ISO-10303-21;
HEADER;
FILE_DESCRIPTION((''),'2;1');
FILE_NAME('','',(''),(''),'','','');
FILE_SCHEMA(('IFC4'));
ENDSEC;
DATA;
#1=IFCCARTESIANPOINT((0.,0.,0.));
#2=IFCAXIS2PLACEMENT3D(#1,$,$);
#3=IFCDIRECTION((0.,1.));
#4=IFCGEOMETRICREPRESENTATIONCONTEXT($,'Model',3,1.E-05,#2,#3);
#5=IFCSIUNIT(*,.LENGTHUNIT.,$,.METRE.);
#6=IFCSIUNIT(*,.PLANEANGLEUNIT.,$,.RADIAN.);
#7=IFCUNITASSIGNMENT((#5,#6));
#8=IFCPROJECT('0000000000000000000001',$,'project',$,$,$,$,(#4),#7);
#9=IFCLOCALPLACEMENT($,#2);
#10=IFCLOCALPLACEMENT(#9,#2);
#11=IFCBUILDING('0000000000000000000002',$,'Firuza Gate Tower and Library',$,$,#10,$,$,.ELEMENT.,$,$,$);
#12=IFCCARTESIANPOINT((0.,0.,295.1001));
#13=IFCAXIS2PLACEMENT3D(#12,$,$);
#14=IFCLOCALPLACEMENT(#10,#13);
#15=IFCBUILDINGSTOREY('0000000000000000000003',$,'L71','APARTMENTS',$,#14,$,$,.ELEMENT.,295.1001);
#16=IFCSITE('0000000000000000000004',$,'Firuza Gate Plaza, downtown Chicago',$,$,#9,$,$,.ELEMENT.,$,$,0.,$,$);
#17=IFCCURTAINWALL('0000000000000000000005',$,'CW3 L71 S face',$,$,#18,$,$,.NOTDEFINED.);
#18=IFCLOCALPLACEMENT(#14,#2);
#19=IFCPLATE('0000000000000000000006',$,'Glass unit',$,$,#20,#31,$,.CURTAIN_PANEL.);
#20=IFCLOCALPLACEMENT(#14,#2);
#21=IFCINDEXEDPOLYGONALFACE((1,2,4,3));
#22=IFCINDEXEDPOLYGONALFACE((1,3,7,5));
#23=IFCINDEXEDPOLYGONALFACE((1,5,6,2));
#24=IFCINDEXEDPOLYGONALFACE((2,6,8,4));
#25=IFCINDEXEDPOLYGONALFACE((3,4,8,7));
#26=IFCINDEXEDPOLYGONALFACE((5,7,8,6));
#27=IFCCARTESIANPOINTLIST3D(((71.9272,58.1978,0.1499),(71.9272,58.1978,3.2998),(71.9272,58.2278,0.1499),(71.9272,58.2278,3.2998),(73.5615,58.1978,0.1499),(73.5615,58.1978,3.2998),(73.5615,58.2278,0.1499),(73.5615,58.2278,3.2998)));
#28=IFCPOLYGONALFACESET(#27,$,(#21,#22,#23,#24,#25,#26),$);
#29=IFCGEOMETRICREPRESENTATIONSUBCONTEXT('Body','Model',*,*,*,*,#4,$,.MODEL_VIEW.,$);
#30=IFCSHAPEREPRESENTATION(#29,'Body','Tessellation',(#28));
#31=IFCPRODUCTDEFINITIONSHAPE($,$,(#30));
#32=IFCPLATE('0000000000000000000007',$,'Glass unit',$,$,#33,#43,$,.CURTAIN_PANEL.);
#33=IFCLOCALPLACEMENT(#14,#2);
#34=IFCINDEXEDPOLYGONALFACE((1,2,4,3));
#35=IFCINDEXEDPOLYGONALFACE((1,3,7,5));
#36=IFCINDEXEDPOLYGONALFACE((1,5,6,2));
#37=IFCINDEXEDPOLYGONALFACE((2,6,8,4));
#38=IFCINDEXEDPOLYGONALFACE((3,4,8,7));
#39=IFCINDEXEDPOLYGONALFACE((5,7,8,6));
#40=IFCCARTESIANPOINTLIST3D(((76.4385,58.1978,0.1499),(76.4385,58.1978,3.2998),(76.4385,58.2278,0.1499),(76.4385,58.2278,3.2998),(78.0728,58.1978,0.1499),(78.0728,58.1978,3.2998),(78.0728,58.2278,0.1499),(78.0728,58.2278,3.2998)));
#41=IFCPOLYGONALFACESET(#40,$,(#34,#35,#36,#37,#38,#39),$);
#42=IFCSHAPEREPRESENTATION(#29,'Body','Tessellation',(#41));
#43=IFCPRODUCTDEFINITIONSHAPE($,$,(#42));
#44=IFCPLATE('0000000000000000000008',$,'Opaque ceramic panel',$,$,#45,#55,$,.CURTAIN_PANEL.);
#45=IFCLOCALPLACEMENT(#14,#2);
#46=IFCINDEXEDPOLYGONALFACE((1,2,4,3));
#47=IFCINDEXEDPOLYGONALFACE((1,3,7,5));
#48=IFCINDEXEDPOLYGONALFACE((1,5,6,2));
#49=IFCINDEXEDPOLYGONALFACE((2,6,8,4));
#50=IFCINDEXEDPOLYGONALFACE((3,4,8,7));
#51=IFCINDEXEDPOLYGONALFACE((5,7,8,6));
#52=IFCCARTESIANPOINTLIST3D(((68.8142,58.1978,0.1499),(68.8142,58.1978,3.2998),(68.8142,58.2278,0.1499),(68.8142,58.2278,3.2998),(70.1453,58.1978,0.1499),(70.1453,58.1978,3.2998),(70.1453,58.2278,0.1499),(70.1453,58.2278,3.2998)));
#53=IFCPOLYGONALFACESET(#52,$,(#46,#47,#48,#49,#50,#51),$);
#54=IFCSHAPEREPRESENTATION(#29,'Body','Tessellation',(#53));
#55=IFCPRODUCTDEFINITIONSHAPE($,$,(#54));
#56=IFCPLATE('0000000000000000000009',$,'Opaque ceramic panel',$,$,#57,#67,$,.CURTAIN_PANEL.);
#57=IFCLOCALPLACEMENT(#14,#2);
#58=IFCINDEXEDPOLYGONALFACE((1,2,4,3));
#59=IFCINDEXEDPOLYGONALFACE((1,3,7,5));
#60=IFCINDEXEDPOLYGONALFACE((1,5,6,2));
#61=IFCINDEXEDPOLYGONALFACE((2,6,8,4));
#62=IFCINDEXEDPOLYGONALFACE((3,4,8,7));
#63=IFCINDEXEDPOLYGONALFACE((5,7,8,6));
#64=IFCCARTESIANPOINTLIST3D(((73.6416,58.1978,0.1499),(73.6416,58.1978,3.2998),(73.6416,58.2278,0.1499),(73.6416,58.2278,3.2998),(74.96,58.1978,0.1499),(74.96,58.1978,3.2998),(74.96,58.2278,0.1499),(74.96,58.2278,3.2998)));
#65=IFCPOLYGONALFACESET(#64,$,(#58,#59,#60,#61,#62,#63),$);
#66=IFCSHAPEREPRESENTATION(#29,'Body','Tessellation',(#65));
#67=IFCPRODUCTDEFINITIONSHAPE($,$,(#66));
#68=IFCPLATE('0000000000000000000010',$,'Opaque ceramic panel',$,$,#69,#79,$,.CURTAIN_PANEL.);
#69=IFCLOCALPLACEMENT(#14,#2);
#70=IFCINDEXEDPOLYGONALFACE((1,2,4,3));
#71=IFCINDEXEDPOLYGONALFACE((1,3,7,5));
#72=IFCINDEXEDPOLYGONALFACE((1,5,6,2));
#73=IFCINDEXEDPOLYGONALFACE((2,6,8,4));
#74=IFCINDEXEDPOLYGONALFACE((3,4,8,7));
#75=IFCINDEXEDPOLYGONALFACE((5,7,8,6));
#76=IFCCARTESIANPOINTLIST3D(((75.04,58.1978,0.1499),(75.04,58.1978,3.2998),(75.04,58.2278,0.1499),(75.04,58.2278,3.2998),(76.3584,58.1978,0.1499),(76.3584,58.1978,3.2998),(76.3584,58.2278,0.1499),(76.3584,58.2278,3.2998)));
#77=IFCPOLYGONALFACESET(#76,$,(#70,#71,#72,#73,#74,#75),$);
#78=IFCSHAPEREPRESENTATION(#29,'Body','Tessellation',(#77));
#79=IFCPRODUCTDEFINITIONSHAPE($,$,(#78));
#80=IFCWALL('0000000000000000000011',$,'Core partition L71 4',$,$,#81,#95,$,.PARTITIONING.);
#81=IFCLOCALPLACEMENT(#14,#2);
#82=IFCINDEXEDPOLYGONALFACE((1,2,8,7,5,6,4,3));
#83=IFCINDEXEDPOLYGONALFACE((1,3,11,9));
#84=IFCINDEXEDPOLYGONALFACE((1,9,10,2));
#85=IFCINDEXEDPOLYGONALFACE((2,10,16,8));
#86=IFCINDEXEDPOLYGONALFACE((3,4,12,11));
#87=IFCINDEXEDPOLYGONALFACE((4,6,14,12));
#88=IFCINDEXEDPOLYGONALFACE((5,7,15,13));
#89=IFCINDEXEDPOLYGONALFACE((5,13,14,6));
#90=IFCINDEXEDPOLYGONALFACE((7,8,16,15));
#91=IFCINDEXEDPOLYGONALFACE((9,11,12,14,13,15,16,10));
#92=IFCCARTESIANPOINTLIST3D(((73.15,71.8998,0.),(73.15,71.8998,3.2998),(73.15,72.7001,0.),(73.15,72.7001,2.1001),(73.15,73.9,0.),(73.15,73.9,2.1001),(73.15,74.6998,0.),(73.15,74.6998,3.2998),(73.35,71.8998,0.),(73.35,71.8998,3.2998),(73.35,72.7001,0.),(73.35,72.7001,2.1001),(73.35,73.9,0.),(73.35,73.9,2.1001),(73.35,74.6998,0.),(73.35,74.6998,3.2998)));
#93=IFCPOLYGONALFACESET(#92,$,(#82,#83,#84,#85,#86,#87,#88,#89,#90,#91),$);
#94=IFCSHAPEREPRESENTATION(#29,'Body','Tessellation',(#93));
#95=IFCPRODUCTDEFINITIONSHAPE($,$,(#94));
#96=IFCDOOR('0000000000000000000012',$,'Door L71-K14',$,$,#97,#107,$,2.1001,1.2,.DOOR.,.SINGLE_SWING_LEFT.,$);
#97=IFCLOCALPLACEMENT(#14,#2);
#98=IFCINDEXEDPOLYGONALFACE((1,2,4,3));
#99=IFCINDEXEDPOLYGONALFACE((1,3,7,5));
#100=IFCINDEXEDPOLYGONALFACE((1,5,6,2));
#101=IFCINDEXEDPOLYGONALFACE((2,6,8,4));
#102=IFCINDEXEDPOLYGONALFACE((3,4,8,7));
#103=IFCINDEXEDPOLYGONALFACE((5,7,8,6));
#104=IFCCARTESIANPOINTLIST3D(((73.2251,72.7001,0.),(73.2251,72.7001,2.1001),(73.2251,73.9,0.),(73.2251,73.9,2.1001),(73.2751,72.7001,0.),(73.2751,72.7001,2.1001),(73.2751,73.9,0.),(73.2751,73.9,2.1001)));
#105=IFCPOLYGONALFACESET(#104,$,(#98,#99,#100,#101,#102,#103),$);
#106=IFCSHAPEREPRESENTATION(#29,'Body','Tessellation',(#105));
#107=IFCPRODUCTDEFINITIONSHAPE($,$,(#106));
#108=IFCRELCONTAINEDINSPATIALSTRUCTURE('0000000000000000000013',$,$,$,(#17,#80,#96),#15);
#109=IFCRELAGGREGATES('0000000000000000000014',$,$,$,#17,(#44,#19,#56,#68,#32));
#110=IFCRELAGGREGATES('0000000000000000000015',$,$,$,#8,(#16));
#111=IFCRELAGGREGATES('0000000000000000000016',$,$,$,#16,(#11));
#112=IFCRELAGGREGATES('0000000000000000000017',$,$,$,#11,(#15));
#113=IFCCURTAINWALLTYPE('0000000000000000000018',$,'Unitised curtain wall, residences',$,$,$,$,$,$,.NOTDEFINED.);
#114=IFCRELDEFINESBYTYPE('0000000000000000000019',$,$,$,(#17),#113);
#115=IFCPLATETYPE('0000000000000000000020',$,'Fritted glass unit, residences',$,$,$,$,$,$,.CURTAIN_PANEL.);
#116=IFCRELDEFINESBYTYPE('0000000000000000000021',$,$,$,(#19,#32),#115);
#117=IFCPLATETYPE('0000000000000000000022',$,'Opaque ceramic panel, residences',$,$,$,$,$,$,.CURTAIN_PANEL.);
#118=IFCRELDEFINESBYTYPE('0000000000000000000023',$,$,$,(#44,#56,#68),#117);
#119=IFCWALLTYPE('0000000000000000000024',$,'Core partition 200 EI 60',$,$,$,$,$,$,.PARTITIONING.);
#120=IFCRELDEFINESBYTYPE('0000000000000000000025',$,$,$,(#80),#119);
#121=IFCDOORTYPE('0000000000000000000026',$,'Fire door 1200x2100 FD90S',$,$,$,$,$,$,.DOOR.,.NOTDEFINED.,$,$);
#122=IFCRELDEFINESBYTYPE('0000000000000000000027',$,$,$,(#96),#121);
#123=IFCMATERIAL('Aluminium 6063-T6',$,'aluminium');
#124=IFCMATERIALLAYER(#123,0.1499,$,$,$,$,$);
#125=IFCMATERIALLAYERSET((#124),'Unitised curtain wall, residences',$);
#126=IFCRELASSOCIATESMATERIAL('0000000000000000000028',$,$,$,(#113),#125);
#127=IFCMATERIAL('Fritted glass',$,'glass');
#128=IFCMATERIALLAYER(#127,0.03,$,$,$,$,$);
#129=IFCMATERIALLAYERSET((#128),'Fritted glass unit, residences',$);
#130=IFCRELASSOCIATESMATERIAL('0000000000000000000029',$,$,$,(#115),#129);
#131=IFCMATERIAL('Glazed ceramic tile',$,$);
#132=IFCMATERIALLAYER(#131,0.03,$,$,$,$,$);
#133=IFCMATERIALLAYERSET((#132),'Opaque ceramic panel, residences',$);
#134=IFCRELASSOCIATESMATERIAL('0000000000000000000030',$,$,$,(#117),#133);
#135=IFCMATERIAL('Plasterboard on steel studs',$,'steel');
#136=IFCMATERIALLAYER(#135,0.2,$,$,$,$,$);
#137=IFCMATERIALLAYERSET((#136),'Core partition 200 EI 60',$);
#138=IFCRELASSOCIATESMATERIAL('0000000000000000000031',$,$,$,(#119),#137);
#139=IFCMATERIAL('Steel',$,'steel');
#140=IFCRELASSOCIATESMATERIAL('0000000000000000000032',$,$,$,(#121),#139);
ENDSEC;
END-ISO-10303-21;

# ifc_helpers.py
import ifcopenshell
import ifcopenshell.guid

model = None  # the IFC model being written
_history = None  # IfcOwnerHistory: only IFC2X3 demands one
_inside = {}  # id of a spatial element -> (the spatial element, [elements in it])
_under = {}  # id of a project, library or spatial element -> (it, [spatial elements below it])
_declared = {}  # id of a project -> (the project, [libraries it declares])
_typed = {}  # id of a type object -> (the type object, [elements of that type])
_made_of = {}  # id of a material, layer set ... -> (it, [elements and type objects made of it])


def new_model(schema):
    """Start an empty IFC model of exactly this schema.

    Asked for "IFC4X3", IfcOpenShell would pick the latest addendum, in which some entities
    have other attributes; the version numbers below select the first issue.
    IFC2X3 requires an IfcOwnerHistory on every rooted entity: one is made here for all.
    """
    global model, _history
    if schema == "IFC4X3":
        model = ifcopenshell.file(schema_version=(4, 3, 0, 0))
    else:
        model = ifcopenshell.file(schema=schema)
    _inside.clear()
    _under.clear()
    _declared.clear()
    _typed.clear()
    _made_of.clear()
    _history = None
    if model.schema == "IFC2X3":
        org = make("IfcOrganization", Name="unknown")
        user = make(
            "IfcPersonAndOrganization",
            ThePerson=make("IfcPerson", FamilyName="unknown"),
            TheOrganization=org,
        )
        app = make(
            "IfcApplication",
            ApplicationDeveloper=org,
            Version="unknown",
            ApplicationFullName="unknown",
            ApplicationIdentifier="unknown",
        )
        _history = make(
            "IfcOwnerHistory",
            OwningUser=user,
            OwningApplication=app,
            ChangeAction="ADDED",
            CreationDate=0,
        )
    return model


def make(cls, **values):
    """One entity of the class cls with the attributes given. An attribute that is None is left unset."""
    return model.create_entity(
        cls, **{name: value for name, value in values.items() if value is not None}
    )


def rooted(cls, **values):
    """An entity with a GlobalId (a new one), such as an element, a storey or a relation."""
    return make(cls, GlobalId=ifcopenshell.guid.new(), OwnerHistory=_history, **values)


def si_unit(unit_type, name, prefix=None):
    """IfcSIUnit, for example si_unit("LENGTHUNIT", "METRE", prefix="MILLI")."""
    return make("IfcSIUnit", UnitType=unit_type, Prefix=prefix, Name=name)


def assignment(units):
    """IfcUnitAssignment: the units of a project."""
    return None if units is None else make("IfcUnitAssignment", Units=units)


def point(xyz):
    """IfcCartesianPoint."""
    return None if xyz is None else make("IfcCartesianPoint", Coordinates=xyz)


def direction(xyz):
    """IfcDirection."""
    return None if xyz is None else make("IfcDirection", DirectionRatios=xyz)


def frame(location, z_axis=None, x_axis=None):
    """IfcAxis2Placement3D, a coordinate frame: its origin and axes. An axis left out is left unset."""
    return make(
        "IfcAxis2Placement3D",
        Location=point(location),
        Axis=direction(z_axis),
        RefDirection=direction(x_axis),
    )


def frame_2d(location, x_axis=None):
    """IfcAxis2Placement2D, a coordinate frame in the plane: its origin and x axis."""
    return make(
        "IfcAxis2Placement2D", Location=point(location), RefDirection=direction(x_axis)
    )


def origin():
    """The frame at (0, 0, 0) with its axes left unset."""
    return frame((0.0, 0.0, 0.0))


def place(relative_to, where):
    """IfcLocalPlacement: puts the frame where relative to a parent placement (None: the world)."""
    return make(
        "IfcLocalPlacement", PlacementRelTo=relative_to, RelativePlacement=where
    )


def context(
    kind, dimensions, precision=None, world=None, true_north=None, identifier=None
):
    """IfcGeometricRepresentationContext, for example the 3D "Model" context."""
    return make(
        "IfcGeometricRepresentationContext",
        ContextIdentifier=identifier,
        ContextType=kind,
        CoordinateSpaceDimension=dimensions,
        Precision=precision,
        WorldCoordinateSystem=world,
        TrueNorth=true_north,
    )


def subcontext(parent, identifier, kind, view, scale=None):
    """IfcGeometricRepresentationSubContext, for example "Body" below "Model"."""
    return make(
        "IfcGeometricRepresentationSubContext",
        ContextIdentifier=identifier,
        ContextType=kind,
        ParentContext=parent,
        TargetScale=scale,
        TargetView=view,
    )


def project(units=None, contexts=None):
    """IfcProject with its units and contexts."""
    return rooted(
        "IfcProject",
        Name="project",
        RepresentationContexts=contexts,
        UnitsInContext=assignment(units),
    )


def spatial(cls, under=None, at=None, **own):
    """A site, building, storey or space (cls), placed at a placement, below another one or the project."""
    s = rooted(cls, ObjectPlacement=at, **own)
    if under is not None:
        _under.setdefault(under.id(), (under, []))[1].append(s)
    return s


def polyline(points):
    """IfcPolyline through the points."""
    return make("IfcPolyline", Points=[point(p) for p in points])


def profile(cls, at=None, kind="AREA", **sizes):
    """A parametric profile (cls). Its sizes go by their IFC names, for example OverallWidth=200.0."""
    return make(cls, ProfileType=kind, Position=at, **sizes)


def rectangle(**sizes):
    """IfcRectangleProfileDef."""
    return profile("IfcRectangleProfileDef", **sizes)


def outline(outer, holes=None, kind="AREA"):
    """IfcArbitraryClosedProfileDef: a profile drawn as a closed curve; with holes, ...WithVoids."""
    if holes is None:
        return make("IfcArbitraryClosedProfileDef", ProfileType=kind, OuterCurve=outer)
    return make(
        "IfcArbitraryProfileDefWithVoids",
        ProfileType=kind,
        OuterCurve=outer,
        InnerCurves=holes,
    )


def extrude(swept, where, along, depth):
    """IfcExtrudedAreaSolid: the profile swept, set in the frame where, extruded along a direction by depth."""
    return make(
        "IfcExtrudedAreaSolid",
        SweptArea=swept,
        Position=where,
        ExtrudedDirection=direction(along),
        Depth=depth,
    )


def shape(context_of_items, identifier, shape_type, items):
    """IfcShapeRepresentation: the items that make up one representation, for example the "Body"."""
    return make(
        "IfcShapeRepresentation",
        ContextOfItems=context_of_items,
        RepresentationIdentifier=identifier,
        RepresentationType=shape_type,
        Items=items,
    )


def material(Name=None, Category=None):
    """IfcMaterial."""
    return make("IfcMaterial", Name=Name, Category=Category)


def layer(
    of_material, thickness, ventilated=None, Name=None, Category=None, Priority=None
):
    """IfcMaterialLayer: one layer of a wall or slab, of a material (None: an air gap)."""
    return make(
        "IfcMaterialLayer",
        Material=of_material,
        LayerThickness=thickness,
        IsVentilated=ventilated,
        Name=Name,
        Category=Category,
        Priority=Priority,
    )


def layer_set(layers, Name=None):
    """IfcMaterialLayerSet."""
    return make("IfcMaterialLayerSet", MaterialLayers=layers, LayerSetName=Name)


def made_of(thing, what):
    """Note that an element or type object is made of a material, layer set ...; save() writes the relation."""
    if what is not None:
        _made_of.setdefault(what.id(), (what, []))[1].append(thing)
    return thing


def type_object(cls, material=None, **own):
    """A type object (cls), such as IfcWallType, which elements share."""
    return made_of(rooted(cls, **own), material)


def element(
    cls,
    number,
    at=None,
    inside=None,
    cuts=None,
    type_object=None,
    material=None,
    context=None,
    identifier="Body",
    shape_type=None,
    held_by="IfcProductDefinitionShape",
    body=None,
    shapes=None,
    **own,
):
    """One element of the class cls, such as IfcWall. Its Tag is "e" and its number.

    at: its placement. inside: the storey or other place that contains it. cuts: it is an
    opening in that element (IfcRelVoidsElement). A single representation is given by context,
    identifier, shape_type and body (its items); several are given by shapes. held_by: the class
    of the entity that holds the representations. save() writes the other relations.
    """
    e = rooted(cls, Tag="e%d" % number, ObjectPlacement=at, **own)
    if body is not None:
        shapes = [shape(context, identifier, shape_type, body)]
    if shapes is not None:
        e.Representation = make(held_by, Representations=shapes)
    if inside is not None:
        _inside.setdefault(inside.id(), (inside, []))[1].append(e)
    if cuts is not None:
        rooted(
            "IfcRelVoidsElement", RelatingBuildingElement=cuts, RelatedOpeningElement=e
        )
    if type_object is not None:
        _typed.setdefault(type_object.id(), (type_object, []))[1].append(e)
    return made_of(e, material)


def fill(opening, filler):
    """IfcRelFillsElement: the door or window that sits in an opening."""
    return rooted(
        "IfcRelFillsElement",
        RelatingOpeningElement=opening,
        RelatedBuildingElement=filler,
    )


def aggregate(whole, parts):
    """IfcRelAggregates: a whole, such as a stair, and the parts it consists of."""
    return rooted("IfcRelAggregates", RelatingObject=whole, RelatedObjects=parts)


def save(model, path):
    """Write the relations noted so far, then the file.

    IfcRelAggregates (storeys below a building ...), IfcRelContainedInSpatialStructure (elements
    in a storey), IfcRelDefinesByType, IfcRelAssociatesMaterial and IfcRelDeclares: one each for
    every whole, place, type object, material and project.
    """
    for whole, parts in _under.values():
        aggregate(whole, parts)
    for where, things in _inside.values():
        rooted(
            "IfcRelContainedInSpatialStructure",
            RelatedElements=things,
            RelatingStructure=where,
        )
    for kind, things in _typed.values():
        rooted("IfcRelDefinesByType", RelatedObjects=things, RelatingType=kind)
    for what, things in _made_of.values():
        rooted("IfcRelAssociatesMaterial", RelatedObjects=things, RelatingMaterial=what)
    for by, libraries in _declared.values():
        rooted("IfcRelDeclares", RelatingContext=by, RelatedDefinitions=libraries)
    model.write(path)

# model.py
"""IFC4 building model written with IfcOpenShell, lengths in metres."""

from ifc_helpers import new_model, si_unit, direction, frame, frame_2d, origin, place, context, subcontext, project, spatial, polyline, rectangle, outline, extrude, material, layer, layer_set, type_object, element, fill, aggregate, save


model = new_model("IFC4")

# Units and contexts
model_context = context("Model", 3, precision=1e-05, world=origin(), true_north=direction((0.0, 1.0)))
body_context = subcontext(model_context, "Body", "Model", "MODEL_VIEW")
ifc_project = project(units=[si_unit("LENGTHUNIT", "METRE"), si_unit("PLANEANGLEUNIT", "RADIAN")], contexts=[model_context])

# Site, building, storey
site_placement = place(None, origin())
site = spatial("IfcSite", under=ifc_project, at=site_placement, Name="Firuza Gate Plaza, downtown Chicago", CompositionType="ELEMENT", RefElevation=0.0)
building_placement = place(site_placement, origin())
building = spatial("IfcBuilding", under=site, at=building_placement, Name="Firuza Gate Tower and Library", CompositionType="ELEMENT")
storey_placement = place(building_placement, frame((0.0, 0.0, 295.1001)))
storey = spatial("IfcBuildingStorey", under=building, at=storey_placement, Name="L71", Description="APARTMENTS", CompositionType="ELEMENT", Elevation=295.1001)

# Curtain wall
ifc_material_1 = material(Name="Aluminium 6063-T6", Category="aluminium")
ifc_layer_1 = layer(ifc_material_1, 0.1499)
ifc_layer_set_1 = layer_set([ifc_layer_1], Name="Unitised curtain wall, residences")
curtain_wall_type = type_object("IfcCurtainWallType", Name="Unitised curtain wall, residences", PredefinedType="NOTDEFINED", material=ifc_layer_set_1)
curtain_wall_placement = place(storey_placement, origin())
curtain_wall = element("IfcCurtainWall", 1, at=curtain_wall_placement, inside=storey, type_object=curtain_wall_type, Name="CW3 L71 S face", PredefinedType="NOTDEFINED")

# Plates
ifc_material_2 = material(Name="Fritted glass", Category="glass")
ifc_layer_2 = layer(ifc_material_2, 0.03)
ifc_layer_set_2 = layer_set([ifc_layer_2], Name="Fritted glass unit, residences")
plate_type_1 = type_object("IfcPlateType", Name="Fritted glass unit, residences", PredefinedType="CURTAIN_PANEL", material=ifc_layer_set_2)
plate_1_placement = place(storey_placement, frame((71.9272, 58.1978, 0.1499), z_axis=(0.0, -1.0, 0.0), x_axis=(1.0, 0.0, 0.0)))
plate_1 = element("IfcPlate", 2, at=plate_1_placement, type_object=plate_type_1, Name="Glass unit", PredefinedType="CURTAIN_PANEL", context=body_context, shape_type="SweptSolid", body=[
    extrude(outline(polyline([(0.0, 0.0), (1.6343, 0.0), (1.6343, 3.1499), (0.0, 3.1499), (0.0, 0.0)])), origin(), (0.0, 0.0, -1.0), 0.03),
])
plate_2_placement = place(storey_placement, frame((76.4385, 58.1978, 0.1499), z_axis=(0.0, -1.0, 0.0), x_axis=(1.0, 0.0, 0.0)))
plate_2 = element("IfcPlate", 3, at=plate_2_placement, type_object=plate_type_1, Name="Glass unit", PredefinedType="CURTAIN_PANEL", context=body_context, shape_type="SweptSolid", body=[
    extrude(outline(polyline([(0.0, 0.0), (1.6343, 0.0), (1.6343, 3.1499), (0.0, 3.1499), (0.0, 0.0)])), origin(), (0.0, 0.0, -1.0), 0.03),
])
ifc_material_3 = material(Name="Glazed ceramic tile")
ifc_layer_3 = layer(ifc_material_3, 0.03)
ifc_layer_set_3 = layer_set([ifc_layer_3], Name="Opaque ceramic panel, residences")
plate_type_2 = type_object("IfcPlateType", Name="Opaque ceramic panel, residences", PredefinedType="CURTAIN_PANEL", material=ifc_layer_set_3)
plate_3_placement = place(storey_placement, frame((68.8142, 58.1978, 0.1499), z_axis=(0.0, -1.0, 0.0), x_axis=(1.0, 0.0, 0.0)))
plate_3 = element("IfcPlate", 4, at=plate_3_placement, type_object=plate_type_2, Name="Opaque ceramic panel", PredefinedType="CURTAIN_PANEL", context=body_context, shape_type="SweptSolid", body=[
    extrude(outline(polyline([(0.0, 0.0), (1.3311, 0.0), (1.3311, 3.1499), (0.0, 3.1499), (0.0, 0.0)])), origin(), (0.0, 0.0, -1.0), 0.03),
])
plate_4_placement = place(storey_placement, frame((73.6416, 58.1978, 0.1499), z_axis=(0.0, -1.0, 0.0), x_axis=(1.0, 0.0, 0.0)))
plate_4 = element("IfcPlate", 5, at=plate_4_placement, type_object=plate_type_2, Name="Opaque ceramic panel", PredefinedType="CURTAIN_PANEL", context=body_context, shape_type="SweptSolid", body=[
    extrude(outline(polyline([(0.0, 0.0), (1.3184, 0.0), (1.3184, 3.1499), (0.0, 3.1499), (0.0, 0.0)])), origin(), (0.0, 0.0, -1.0), 0.03),
])
plate_5_placement = place(storey_placement, frame((75.04, 58.1978, 0.1499), z_axis=(0.0, -1.0, 0.0), x_axis=(1.0, 0.0, 0.0)))
plate_5 = element("IfcPlate", 6, at=plate_5_placement, type_object=plate_type_2, Name="Opaque ceramic panel", PredefinedType="CURTAIN_PANEL", context=body_context, shape_type="SweptSolid", body=[
    extrude(outline(polyline([(0.0, 0.0), (1.3184, 0.0), (1.3184, 3.1499), (0.0, 3.1499), (0.0, 0.0)])), origin(), (0.0, 0.0, -1.0), 0.03),
])
aggregate(curtain_wall, [plate_3, plate_1, plate_4, plate_5, plate_2])

# Wall, opening, door
ifc_material_4 = material(Name="Plasterboard on steel studs", Category="steel")
ifc_layer_4 = layer(ifc_material_4, 0.2)
ifc_layer_set_4 = layer_set([ifc_layer_4], Name="Core partition 200 EI 60")
wall_type_1 = type_object("IfcWallType", Name="Core partition 200 EI 60", PredefinedType="PARTITIONING", material=ifc_layer_set_4)
wall_1_placement = place(storey_placement, frame((73.25, 71.8999, 0.0), z_axis=(0.0, 0.0, 1.0), x_axis=(0.0, 1.0, 0.0)))
wall_1 = element("IfcWall", 7, at=wall_1_placement, inside=storey, type_object=wall_type_1, Name="Core partition L71 4", PredefinedType="PARTITIONING", context=body_context, shape_type="SweptSolid", body=[
    extrude(rectangle(XDim=2.8, YDim=0.2, at=frame_2d((1.3999, 0.0))), origin(), (0.0, 0.0, 1.0), 3.2998),
])
opening_1_placement = place(wall_1_placement, frame((0.8, 0.0, 0.0)))
opening_1 = element("IfcOpeningElement", 8, at=opening_1_placement, cuts=wall_1, PredefinedType="OPENING", context=body_context, shape_type="SweptSolid", body=[
    extrude(rectangle(XDim=1.2, YDim=2.1001, at=frame_2d((0.6001, 1.05))), frame((0.0, 0.1099, 0.0), z_axis=(0.0, -1.0, 0.0), x_axis=(1.0, 0.0, 0.0)), (0.0, 0.0, 1.0), 0.22),
])
ifc_material_5 = material(Name="Steel", Category="steel")
door_type_1 = type_object("IfcDoorType", Name="Fire door 1200x2100 FD90S", OperationType="NOTDEFINED", PredefinedType="DOOR", material=ifc_material_5)
door_1_placement = place(opening_1_placement, origin())
door_1 = element("IfcDoor", 9, at=door_1_placement, inside=storey, type_object=door_type_1, Name="Door L71-K14", OperationType="SINGLE_SWING_LEFT", OverallHeight=2.1001, OverallWidth=1.2, PredefinedType="DOOR", context=body_context, shape_type="SweptSolid", body=[
    extrude(rectangle(XDim=1.2, YDim=2.1001, at=frame_2d((0.6001, 1.05))), frame((0.0, 0.0249, 0.0), z_axis=(0.0, -1.0, 0.0), x_axis=(1.0, 0.0, 0.0)), (0.0, 0.0, 1.0), 0.05),
])
fill(opening_1, door_1)

save(model, "model.ifc")
